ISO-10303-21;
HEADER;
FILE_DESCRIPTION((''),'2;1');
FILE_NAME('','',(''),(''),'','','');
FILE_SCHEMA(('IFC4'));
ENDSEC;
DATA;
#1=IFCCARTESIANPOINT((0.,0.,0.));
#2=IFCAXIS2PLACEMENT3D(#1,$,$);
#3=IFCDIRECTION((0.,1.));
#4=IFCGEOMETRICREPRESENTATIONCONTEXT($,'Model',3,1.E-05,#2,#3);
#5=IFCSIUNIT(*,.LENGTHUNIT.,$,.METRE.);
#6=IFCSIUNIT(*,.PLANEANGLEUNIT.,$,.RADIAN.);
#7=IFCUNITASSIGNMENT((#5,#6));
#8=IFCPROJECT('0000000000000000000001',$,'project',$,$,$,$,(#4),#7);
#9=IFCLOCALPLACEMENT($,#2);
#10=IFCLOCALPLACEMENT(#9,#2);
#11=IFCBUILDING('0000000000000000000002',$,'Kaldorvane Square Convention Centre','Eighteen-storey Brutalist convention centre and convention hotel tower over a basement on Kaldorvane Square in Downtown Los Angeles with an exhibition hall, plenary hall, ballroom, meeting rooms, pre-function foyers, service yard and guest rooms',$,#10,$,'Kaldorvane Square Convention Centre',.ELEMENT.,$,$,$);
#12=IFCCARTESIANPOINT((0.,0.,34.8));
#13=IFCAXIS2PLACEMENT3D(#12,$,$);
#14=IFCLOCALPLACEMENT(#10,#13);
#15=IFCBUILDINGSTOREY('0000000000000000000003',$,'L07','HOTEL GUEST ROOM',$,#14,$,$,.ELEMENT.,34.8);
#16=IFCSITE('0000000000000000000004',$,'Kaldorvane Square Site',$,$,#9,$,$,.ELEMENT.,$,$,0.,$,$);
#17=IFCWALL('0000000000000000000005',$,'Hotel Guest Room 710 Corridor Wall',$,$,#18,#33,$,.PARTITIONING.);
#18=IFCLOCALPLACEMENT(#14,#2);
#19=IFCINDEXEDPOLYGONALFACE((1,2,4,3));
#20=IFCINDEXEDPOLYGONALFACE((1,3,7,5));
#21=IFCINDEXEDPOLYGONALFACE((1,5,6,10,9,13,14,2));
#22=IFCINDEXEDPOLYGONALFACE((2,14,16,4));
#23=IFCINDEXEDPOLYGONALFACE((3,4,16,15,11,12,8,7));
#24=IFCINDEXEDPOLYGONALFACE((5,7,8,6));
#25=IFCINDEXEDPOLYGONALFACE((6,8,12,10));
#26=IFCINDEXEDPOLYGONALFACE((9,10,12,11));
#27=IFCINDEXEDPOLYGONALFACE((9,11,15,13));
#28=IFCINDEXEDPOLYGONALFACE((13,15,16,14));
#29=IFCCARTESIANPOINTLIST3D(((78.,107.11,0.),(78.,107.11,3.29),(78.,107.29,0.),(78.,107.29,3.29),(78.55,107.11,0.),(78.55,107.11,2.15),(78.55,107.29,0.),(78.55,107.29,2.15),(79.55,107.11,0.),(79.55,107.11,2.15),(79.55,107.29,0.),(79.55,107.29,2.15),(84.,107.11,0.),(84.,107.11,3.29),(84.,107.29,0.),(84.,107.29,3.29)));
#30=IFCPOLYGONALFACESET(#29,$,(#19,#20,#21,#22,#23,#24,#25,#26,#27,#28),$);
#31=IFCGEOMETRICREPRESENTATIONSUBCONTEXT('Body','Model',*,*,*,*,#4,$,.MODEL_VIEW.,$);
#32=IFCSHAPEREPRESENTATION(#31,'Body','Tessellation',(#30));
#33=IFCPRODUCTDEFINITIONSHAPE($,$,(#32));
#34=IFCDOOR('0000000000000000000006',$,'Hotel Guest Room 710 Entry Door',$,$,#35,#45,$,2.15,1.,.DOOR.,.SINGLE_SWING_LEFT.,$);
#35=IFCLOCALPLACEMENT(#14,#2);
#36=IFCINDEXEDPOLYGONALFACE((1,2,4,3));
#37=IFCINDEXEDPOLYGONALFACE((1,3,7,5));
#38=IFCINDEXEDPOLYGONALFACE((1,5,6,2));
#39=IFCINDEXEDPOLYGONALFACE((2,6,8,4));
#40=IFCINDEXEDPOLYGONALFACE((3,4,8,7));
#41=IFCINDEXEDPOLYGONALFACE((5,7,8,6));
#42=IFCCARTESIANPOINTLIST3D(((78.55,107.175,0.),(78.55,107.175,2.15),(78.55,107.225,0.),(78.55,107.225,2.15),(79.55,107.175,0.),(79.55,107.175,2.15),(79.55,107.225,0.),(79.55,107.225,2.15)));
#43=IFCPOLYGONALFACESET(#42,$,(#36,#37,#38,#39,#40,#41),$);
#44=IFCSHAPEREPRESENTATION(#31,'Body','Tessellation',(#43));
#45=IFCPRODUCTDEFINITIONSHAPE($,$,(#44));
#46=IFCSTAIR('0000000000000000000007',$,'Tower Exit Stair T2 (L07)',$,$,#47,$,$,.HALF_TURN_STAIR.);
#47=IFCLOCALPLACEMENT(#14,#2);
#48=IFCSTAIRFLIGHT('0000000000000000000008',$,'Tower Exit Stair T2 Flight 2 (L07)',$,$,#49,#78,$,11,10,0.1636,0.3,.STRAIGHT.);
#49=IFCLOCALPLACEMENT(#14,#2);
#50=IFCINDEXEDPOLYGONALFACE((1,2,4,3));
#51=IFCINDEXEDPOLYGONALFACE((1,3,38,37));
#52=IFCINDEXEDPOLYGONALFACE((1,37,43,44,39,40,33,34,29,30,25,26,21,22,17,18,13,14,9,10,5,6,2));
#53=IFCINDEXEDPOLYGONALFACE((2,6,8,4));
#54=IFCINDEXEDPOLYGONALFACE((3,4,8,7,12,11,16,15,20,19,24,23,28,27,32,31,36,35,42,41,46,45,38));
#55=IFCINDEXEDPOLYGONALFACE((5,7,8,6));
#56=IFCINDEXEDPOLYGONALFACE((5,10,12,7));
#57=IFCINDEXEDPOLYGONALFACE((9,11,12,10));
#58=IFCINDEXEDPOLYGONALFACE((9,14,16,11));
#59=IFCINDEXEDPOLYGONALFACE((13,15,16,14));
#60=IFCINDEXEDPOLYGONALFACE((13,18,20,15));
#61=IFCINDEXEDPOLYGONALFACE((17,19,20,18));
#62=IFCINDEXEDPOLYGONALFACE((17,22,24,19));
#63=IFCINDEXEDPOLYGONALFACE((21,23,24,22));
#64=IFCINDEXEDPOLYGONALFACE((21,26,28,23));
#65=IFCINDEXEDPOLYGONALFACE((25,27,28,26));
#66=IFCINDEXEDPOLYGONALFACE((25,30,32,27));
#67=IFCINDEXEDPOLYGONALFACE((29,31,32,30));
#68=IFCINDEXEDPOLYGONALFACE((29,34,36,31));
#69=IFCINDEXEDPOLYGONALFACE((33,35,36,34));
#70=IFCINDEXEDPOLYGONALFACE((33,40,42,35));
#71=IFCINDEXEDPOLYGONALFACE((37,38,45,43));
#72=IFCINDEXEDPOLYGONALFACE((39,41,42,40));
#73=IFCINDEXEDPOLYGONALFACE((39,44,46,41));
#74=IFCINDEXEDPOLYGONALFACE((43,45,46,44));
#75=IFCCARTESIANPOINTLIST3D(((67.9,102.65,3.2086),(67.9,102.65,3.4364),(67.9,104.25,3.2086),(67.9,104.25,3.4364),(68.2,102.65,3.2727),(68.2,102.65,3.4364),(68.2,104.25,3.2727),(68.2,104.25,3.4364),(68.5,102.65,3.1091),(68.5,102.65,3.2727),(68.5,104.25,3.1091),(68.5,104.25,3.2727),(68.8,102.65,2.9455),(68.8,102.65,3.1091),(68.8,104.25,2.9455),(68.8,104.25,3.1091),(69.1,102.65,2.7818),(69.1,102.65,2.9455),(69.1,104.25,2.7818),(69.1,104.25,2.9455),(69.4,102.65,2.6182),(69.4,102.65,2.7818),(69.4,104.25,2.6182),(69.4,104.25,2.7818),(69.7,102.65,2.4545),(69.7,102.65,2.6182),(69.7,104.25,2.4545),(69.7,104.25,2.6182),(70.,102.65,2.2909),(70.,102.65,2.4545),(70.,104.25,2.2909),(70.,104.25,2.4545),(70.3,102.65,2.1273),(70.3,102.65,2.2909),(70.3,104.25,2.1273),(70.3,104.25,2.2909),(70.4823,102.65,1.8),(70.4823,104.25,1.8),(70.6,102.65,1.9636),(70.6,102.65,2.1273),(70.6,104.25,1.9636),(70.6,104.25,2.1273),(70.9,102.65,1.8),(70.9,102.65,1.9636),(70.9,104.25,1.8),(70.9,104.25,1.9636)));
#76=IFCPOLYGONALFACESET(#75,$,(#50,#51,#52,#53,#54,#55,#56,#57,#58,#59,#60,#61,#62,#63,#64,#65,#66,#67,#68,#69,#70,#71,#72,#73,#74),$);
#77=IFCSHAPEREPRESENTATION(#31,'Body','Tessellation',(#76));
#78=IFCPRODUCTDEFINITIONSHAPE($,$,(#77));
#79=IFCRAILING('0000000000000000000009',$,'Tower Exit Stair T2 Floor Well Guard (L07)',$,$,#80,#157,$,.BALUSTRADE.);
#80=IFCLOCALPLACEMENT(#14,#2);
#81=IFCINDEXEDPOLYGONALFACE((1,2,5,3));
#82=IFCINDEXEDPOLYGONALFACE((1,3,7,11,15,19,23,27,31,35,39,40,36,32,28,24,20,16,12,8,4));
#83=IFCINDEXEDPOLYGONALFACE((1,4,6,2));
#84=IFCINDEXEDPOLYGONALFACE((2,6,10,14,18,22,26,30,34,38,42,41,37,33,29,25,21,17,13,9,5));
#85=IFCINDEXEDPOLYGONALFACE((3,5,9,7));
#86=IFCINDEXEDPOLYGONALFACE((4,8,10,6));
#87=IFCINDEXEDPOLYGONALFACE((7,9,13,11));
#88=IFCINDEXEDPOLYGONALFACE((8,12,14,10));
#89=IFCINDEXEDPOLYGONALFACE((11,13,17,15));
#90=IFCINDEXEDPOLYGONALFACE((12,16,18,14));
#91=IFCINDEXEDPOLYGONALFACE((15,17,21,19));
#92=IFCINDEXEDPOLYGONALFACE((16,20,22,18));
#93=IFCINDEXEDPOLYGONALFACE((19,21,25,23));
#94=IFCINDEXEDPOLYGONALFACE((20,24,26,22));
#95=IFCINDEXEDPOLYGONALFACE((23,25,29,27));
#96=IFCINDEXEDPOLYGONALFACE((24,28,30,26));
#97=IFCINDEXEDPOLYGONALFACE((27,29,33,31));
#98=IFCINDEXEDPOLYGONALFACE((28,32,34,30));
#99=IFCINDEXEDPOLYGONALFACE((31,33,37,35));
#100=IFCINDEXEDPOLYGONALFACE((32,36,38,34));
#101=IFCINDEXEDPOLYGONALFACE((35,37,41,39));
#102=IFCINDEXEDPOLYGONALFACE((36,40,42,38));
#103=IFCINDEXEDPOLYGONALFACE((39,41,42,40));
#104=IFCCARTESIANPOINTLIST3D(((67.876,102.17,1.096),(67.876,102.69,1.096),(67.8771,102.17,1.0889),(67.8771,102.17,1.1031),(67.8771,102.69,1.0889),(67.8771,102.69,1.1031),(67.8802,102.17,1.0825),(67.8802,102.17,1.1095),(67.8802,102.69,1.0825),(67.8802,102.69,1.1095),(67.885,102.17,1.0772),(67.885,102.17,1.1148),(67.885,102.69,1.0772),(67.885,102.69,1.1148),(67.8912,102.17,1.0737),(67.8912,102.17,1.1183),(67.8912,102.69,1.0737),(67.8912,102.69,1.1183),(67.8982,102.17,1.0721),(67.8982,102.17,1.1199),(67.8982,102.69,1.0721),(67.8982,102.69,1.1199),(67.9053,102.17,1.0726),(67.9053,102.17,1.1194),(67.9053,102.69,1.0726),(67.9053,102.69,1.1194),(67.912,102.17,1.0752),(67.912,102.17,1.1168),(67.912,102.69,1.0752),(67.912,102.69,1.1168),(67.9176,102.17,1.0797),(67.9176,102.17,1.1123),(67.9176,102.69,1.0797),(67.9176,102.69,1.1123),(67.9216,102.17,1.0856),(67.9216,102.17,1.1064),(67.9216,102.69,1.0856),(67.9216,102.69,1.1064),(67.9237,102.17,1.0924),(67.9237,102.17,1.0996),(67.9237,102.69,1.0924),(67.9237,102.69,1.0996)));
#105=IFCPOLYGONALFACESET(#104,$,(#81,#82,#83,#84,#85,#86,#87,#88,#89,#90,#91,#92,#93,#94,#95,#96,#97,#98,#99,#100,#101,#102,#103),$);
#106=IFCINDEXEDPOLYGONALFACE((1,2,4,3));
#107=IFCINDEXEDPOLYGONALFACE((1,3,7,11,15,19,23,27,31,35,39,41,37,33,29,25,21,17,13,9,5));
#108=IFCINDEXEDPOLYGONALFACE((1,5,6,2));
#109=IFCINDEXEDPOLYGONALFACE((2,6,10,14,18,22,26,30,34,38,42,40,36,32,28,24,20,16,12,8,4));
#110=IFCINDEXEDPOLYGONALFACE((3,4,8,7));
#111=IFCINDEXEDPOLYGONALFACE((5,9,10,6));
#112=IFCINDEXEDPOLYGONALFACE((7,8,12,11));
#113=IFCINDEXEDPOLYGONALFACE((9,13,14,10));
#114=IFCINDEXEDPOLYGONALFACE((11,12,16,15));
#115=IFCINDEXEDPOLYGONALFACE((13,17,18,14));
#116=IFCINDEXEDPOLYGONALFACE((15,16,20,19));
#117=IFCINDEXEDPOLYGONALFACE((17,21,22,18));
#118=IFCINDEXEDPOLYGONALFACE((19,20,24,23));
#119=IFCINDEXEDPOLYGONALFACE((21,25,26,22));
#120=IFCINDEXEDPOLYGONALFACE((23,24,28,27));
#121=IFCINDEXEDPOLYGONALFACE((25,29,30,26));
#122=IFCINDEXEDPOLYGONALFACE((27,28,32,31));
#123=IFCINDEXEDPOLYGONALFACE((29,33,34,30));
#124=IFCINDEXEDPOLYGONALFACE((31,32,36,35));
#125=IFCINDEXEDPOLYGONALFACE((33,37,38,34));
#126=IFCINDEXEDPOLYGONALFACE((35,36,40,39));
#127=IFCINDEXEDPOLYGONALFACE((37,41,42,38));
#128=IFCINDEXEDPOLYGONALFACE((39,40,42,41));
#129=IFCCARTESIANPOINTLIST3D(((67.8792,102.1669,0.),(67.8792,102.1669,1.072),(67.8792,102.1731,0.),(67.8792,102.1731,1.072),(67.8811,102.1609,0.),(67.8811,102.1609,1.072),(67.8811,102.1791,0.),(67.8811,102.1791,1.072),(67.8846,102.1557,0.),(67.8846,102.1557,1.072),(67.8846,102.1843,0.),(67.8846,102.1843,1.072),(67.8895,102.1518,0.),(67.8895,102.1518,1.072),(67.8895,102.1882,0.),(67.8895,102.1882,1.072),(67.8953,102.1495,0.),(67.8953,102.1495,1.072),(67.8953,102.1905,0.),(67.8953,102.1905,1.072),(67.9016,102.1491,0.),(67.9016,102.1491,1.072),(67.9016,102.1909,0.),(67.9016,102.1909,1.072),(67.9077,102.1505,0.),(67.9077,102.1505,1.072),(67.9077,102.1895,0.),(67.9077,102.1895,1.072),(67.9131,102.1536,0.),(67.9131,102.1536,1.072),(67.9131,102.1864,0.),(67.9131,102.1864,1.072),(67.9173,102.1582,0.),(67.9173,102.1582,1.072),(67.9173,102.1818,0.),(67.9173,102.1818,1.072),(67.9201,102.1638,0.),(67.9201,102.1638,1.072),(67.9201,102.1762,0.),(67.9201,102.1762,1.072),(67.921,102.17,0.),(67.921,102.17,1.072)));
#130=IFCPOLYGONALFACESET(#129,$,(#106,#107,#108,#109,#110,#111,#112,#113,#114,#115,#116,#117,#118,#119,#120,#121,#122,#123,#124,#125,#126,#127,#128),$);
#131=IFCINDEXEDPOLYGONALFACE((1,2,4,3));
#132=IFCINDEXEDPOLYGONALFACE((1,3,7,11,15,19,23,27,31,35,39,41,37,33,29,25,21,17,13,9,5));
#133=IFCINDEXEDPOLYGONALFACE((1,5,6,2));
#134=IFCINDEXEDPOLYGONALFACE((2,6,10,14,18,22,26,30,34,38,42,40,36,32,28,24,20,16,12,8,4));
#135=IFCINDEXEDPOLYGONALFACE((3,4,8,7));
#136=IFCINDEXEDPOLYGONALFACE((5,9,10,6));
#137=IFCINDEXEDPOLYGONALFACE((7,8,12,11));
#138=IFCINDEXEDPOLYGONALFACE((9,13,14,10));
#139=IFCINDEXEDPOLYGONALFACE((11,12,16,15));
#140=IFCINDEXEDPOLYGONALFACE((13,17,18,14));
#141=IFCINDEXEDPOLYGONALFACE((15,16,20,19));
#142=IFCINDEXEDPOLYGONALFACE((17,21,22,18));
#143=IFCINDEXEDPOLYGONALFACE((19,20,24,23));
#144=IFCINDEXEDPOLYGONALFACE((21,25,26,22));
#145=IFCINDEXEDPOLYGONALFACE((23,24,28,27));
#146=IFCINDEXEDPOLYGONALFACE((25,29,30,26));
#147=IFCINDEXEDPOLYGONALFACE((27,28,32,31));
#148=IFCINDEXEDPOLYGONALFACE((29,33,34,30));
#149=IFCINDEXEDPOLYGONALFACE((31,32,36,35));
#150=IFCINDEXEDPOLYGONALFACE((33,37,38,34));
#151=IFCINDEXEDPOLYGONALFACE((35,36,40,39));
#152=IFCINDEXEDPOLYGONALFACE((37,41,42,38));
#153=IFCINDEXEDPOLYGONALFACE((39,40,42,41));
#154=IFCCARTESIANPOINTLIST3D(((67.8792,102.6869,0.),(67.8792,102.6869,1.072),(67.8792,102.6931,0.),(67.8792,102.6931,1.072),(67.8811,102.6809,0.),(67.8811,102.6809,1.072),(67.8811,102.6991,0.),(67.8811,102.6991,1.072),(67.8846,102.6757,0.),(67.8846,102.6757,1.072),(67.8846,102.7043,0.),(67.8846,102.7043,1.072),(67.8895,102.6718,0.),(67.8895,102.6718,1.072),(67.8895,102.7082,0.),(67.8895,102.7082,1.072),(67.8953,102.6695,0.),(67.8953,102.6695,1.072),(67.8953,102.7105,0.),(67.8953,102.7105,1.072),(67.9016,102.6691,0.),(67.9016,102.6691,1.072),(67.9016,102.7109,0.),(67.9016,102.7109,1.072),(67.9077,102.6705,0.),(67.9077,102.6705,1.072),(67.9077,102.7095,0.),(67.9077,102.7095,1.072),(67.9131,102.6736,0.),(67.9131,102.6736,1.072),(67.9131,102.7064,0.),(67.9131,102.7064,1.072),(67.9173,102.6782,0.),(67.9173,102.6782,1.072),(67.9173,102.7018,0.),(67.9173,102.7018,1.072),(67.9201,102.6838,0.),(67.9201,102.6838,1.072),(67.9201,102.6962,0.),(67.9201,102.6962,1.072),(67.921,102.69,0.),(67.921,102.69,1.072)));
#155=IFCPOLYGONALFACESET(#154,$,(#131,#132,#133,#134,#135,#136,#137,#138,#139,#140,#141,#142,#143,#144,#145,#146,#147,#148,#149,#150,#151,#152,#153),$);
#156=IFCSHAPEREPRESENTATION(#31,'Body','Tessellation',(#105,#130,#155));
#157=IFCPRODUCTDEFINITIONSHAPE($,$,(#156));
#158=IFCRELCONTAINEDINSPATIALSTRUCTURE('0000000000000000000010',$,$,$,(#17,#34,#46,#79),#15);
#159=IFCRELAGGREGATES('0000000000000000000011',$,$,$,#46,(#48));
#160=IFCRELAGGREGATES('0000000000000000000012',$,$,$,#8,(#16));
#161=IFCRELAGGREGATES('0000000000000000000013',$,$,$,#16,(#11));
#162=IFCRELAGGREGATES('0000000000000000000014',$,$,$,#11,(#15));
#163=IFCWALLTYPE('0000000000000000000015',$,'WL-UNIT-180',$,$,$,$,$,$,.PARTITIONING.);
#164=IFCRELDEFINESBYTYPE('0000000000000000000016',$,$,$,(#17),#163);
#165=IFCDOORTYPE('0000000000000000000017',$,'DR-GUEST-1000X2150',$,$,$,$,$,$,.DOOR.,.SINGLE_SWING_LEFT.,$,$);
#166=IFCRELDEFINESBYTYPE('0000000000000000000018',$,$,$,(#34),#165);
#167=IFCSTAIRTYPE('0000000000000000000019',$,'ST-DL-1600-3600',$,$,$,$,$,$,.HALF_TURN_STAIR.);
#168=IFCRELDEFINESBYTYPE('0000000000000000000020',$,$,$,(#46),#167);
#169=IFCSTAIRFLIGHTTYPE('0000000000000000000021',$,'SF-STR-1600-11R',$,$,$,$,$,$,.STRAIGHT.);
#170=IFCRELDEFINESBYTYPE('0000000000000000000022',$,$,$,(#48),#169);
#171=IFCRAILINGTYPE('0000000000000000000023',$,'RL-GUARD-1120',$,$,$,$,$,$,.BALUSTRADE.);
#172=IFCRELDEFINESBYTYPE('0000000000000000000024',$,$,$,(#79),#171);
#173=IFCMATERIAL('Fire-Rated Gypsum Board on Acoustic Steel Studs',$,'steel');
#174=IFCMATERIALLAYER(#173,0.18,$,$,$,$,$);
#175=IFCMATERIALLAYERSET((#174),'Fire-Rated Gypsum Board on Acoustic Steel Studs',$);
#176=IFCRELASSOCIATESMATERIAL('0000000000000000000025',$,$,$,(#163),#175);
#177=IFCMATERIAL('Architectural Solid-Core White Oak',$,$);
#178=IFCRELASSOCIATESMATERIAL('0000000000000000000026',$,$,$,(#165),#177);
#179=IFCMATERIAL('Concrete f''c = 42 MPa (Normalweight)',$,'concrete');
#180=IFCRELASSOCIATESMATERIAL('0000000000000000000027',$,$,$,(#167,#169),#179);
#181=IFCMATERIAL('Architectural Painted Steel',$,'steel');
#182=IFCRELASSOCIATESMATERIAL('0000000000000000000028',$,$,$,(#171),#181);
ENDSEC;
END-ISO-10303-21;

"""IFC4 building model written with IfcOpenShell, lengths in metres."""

from ifc_helpers import new_model, si_unit, direction, frame, frame_2d, origin, origin_2d, place, context, subcontext, project, spatial, polyline, rectangle, circle, outline, extrude, material, layer, layer_set, type_object, element, fill, aggregate, save


model = new_model("IFC4")

# Units and contexts
model_context = context("Model", 3, precision=1e-05, world=origin(), true_north=direction((0.0, 1.0)))
body_context = subcontext(model_context, "Body", "Model", "MODEL_VIEW")
ifc_project = project(units=[si_unit("LENGTHUNIT", "METRE"), si_unit("PLANEANGLEUNIT", "RADIAN")], contexts=[model_context])

# Site, building, storey
site_placement = place(None, origin())
site = spatial("IfcSite", under=ifc_project, at=site_placement, Name="Kaldorvane Square Site", CompositionType="ELEMENT", RefElevation=0.0)
building_placement = place(site_placement, origin())
building = spatial("IfcBuilding", under=site, at=building_placement, Name="Kaldorvane Square Convention Centre", Description="Eighteen-storey Brutalist convention centre and convention hotel tower over a basement on Kaldorvane Square in Downtown Los Angeles with an exhibition hall, plenary hall, ballroom, meeting rooms, pre-function foyers, service yard and guest rooms", LongName="Kaldorvane Square Convention Centre", CompositionType="ELEMENT")
storey_placement = place(building_placement, frame((0.0, 0.0, 34.8)))
storey = spatial("IfcBuildingStorey", under=building, at=storey_placement, Name="L07", Description="HOTEL GUEST ROOM", CompositionType="ELEMENT", Elevation=34.8)

# Shared definitions
ifc_material_1 = material(Name="Concrete f'c = 42 MPa (Normalweight)", Category="concrete")

# Shared definitions
ifc_material_2 = material(Name="Fire-Rated Gypsum Board on Acoustic Steel Studs", Category="steel")
ifc_material_3 = material(Name="Architectural Solid-Core White Oak")

# Shared definitions
ifc_layer_1 = layer(ifc_material_2, 0.18)
ifc_layer_set_1 = layer_set([ifc_layer_1], Name="Fire-Rated Gypsum Board on Acoustic Steel Studs")
wall_type_1 = type_object("IfcWallType", Name="WL-UNIT-180", PredefinedType="PARTITIONING", material=ifc_layer_set_1)

# Shared definitions
door_type_1 = type_object("IfcDoorType", Name="DR-GUEST-1000X2150", OperationType="SINGLE_SWING_LEFT", PredefinedType="DOOR", material=ifc_material_3)

# Wall, opening, door
wall_1_placement = place(storey_placement, frame((78.0, 107.2, 0.0), z_axis=(0.0, 0.0, 1.0), x_axis=(1.0, 0.0, 0.0)))
wall_1 = element("IfcWall", 1, at=wall_1_placement, inside=storey, type_object=wall_type_1, Name="Hotel Guest Room 710 Corridor Wall", PredefinedType="PARTITIONING", context=body_context, shape_type="SweptSolid", body=[
    extrude(rectangle(XDim=6.0, YDim=0.18, at=frame_2d((3.0, 0.0))), origin(), (0.0, 0.0, 1.0), 3.29),
])
opening_1_placement = place(wall_1_placement, frame((0.55, 0.0, 0.0)))
opening_1 = element("IfcOpeningElement", 2, at=opening_1_placement, cuts=wall_1, PredefinedType="OPENING", context=body_context, shape_type="SweptSolid", body=[
    extrude(rectangle(XDim=1.0, YDim=2.15, at=frame_2d((0.5, 1.075))), frame((0.0, 0.105, 0.0), z_axis=(0.0, -1.0, 0.0), x_axis=(1.0, 0.0, 0.0)), (0.0, 0.0, 1.0), 0.21),
])
door_1_placement = place(opening_1_placement, origin())
door_1 = element("IfcDoor", 3, at=door_1_placement, inside=storey, type_object=door_type_1, Name="Hotel Guest Room 710 Entry Door", OperationType="SINGLE_SWING_LEFT", OverallHeight=2.15, OverallWidth=1.0, PredefinedType="DOOR", context=body_context, shape_type="SweptSolid", body=[
    extrude(rectangle(XDim=1.0, YDim=2.15, at=frame_2d((0.5, 1.075))), frame((0.0, 0.025, 0.0), z_axis=(0.0, -1.0, 0.0), x_axis=(1.0, 0.0, 0.0)), (0.0, 0.0, 1.0), 0.05),
])
fill(opening_1, door_1)

# Stair, stair flight
stair_type = type_object("IfcStairType", Name="ST-DL-1600-3600", PredefinedType="HALF_TURN_STAIR", material=ifc_material_1)
stair_placement = place(storey_placement, origin())
stair = element("IfcStair", 4, at=stair_placement, inside=storey, type_object=stair_type, Name="Tower Exit Stair T2 (L07)", PredefinedType="HALF_TURN_STAIR")
stair_flight_type = type_object("IfcStairFlightType", Name="SF-STR-1600-11R", PredefinedType="STRAIGHT", material=ifc_material_1)
stair_flight_placement = place(storey_placement, frame((70.9, 103.45, 1.8), z_axis=(0.0, 0.0, 1.0), x_axis=(-1.0, 0.0, 0.0)))
stair_flight = element("IfcStairFlight", 5, at=stair_flight_placement, type_object=stair_flight_type, Name="Tower Exit Stair T2 Flight 2 (L07)", NumberOfRisers=11, NumberOfTreads=10, PredefinedType="STRAIGHT", RiserHeight=0.1636, TreadLength=0.3, context=body_context, shape_type="SweptSolid", body=[
    extrude(outline(polyline([(0.0, 0.0), (0.0, 0.1636), (0.3, 0.1636), (0.3, 0.3273), (0.6, 0.3273), (0.6, 0.4909), (0.9, 0.4909), (0.9, 0.6545), (1.2, 0.6545), (1.2, 0.8182), (1.5, 0.8182), (1.5, 0.9818), (1.8, 0.9818), (1.8, 1.1455), (2.1, 1.1455), (2.1, 1.3091), (2.4, 1.3091), (2.4, 1.4727), (2.7, 1.4727), (2.7, 1.6364), (3.0, 1.6364), (3.0, 1.8), (3.0, 1.4086), (0.4177, 0.0), (0.0, 0.0)])), frame((0.0, 0.8, 0.0), z_axis=(0.0, -1.0, 0.0), x_axis=(1.0, 0.0, 0.0)), (0.0, 0.0, 1.0), 1.6),
])
aggregate(stair, [stair_flight])

# Railing
ifc_material_4 = material(Name="Architectural Painted Steel", Category="steel")
railing_type_1 = type_object("IfcRailingType", Name="RL-GUARD-1120", PredefinedType="BALUSTRADE", material=ifc_material_4)
for number, where, name in (
    (6, (67.9, 102.17, 0.0), "Tower Exit Stair T2 Floor Well Guard (L07)"),
):
    element("IfcRailing", number, at=place(storey_placement, frame(where)), inside=storey, type_object=railing_type_1, Name=name, PredefinedType="BALUSTRADE", context=body_context, shape_type="SweptSolid", body=[
        extrude(circle(Radius=0.024, at=origin_2d()), frame((0.0, 0.0, 1.096), z_axis=(0.0, 1.0, 0.0), x_axis=(-1.0, 0.0, 0.0)), (0.0, 0.0, 1.0), 0.52),
        extrude(circle(Radius=0.021, at=origin_2d()), origin(), (0.0, 0.0, 1.0), 1.072),
        extrude(circle(Radius=0.021, at=origin_2d()), frame((0.0, 0.52, 0.0)), (0.0, 0.0, 1.0), 1.072),
    ])

save(model, "model.ifc")
